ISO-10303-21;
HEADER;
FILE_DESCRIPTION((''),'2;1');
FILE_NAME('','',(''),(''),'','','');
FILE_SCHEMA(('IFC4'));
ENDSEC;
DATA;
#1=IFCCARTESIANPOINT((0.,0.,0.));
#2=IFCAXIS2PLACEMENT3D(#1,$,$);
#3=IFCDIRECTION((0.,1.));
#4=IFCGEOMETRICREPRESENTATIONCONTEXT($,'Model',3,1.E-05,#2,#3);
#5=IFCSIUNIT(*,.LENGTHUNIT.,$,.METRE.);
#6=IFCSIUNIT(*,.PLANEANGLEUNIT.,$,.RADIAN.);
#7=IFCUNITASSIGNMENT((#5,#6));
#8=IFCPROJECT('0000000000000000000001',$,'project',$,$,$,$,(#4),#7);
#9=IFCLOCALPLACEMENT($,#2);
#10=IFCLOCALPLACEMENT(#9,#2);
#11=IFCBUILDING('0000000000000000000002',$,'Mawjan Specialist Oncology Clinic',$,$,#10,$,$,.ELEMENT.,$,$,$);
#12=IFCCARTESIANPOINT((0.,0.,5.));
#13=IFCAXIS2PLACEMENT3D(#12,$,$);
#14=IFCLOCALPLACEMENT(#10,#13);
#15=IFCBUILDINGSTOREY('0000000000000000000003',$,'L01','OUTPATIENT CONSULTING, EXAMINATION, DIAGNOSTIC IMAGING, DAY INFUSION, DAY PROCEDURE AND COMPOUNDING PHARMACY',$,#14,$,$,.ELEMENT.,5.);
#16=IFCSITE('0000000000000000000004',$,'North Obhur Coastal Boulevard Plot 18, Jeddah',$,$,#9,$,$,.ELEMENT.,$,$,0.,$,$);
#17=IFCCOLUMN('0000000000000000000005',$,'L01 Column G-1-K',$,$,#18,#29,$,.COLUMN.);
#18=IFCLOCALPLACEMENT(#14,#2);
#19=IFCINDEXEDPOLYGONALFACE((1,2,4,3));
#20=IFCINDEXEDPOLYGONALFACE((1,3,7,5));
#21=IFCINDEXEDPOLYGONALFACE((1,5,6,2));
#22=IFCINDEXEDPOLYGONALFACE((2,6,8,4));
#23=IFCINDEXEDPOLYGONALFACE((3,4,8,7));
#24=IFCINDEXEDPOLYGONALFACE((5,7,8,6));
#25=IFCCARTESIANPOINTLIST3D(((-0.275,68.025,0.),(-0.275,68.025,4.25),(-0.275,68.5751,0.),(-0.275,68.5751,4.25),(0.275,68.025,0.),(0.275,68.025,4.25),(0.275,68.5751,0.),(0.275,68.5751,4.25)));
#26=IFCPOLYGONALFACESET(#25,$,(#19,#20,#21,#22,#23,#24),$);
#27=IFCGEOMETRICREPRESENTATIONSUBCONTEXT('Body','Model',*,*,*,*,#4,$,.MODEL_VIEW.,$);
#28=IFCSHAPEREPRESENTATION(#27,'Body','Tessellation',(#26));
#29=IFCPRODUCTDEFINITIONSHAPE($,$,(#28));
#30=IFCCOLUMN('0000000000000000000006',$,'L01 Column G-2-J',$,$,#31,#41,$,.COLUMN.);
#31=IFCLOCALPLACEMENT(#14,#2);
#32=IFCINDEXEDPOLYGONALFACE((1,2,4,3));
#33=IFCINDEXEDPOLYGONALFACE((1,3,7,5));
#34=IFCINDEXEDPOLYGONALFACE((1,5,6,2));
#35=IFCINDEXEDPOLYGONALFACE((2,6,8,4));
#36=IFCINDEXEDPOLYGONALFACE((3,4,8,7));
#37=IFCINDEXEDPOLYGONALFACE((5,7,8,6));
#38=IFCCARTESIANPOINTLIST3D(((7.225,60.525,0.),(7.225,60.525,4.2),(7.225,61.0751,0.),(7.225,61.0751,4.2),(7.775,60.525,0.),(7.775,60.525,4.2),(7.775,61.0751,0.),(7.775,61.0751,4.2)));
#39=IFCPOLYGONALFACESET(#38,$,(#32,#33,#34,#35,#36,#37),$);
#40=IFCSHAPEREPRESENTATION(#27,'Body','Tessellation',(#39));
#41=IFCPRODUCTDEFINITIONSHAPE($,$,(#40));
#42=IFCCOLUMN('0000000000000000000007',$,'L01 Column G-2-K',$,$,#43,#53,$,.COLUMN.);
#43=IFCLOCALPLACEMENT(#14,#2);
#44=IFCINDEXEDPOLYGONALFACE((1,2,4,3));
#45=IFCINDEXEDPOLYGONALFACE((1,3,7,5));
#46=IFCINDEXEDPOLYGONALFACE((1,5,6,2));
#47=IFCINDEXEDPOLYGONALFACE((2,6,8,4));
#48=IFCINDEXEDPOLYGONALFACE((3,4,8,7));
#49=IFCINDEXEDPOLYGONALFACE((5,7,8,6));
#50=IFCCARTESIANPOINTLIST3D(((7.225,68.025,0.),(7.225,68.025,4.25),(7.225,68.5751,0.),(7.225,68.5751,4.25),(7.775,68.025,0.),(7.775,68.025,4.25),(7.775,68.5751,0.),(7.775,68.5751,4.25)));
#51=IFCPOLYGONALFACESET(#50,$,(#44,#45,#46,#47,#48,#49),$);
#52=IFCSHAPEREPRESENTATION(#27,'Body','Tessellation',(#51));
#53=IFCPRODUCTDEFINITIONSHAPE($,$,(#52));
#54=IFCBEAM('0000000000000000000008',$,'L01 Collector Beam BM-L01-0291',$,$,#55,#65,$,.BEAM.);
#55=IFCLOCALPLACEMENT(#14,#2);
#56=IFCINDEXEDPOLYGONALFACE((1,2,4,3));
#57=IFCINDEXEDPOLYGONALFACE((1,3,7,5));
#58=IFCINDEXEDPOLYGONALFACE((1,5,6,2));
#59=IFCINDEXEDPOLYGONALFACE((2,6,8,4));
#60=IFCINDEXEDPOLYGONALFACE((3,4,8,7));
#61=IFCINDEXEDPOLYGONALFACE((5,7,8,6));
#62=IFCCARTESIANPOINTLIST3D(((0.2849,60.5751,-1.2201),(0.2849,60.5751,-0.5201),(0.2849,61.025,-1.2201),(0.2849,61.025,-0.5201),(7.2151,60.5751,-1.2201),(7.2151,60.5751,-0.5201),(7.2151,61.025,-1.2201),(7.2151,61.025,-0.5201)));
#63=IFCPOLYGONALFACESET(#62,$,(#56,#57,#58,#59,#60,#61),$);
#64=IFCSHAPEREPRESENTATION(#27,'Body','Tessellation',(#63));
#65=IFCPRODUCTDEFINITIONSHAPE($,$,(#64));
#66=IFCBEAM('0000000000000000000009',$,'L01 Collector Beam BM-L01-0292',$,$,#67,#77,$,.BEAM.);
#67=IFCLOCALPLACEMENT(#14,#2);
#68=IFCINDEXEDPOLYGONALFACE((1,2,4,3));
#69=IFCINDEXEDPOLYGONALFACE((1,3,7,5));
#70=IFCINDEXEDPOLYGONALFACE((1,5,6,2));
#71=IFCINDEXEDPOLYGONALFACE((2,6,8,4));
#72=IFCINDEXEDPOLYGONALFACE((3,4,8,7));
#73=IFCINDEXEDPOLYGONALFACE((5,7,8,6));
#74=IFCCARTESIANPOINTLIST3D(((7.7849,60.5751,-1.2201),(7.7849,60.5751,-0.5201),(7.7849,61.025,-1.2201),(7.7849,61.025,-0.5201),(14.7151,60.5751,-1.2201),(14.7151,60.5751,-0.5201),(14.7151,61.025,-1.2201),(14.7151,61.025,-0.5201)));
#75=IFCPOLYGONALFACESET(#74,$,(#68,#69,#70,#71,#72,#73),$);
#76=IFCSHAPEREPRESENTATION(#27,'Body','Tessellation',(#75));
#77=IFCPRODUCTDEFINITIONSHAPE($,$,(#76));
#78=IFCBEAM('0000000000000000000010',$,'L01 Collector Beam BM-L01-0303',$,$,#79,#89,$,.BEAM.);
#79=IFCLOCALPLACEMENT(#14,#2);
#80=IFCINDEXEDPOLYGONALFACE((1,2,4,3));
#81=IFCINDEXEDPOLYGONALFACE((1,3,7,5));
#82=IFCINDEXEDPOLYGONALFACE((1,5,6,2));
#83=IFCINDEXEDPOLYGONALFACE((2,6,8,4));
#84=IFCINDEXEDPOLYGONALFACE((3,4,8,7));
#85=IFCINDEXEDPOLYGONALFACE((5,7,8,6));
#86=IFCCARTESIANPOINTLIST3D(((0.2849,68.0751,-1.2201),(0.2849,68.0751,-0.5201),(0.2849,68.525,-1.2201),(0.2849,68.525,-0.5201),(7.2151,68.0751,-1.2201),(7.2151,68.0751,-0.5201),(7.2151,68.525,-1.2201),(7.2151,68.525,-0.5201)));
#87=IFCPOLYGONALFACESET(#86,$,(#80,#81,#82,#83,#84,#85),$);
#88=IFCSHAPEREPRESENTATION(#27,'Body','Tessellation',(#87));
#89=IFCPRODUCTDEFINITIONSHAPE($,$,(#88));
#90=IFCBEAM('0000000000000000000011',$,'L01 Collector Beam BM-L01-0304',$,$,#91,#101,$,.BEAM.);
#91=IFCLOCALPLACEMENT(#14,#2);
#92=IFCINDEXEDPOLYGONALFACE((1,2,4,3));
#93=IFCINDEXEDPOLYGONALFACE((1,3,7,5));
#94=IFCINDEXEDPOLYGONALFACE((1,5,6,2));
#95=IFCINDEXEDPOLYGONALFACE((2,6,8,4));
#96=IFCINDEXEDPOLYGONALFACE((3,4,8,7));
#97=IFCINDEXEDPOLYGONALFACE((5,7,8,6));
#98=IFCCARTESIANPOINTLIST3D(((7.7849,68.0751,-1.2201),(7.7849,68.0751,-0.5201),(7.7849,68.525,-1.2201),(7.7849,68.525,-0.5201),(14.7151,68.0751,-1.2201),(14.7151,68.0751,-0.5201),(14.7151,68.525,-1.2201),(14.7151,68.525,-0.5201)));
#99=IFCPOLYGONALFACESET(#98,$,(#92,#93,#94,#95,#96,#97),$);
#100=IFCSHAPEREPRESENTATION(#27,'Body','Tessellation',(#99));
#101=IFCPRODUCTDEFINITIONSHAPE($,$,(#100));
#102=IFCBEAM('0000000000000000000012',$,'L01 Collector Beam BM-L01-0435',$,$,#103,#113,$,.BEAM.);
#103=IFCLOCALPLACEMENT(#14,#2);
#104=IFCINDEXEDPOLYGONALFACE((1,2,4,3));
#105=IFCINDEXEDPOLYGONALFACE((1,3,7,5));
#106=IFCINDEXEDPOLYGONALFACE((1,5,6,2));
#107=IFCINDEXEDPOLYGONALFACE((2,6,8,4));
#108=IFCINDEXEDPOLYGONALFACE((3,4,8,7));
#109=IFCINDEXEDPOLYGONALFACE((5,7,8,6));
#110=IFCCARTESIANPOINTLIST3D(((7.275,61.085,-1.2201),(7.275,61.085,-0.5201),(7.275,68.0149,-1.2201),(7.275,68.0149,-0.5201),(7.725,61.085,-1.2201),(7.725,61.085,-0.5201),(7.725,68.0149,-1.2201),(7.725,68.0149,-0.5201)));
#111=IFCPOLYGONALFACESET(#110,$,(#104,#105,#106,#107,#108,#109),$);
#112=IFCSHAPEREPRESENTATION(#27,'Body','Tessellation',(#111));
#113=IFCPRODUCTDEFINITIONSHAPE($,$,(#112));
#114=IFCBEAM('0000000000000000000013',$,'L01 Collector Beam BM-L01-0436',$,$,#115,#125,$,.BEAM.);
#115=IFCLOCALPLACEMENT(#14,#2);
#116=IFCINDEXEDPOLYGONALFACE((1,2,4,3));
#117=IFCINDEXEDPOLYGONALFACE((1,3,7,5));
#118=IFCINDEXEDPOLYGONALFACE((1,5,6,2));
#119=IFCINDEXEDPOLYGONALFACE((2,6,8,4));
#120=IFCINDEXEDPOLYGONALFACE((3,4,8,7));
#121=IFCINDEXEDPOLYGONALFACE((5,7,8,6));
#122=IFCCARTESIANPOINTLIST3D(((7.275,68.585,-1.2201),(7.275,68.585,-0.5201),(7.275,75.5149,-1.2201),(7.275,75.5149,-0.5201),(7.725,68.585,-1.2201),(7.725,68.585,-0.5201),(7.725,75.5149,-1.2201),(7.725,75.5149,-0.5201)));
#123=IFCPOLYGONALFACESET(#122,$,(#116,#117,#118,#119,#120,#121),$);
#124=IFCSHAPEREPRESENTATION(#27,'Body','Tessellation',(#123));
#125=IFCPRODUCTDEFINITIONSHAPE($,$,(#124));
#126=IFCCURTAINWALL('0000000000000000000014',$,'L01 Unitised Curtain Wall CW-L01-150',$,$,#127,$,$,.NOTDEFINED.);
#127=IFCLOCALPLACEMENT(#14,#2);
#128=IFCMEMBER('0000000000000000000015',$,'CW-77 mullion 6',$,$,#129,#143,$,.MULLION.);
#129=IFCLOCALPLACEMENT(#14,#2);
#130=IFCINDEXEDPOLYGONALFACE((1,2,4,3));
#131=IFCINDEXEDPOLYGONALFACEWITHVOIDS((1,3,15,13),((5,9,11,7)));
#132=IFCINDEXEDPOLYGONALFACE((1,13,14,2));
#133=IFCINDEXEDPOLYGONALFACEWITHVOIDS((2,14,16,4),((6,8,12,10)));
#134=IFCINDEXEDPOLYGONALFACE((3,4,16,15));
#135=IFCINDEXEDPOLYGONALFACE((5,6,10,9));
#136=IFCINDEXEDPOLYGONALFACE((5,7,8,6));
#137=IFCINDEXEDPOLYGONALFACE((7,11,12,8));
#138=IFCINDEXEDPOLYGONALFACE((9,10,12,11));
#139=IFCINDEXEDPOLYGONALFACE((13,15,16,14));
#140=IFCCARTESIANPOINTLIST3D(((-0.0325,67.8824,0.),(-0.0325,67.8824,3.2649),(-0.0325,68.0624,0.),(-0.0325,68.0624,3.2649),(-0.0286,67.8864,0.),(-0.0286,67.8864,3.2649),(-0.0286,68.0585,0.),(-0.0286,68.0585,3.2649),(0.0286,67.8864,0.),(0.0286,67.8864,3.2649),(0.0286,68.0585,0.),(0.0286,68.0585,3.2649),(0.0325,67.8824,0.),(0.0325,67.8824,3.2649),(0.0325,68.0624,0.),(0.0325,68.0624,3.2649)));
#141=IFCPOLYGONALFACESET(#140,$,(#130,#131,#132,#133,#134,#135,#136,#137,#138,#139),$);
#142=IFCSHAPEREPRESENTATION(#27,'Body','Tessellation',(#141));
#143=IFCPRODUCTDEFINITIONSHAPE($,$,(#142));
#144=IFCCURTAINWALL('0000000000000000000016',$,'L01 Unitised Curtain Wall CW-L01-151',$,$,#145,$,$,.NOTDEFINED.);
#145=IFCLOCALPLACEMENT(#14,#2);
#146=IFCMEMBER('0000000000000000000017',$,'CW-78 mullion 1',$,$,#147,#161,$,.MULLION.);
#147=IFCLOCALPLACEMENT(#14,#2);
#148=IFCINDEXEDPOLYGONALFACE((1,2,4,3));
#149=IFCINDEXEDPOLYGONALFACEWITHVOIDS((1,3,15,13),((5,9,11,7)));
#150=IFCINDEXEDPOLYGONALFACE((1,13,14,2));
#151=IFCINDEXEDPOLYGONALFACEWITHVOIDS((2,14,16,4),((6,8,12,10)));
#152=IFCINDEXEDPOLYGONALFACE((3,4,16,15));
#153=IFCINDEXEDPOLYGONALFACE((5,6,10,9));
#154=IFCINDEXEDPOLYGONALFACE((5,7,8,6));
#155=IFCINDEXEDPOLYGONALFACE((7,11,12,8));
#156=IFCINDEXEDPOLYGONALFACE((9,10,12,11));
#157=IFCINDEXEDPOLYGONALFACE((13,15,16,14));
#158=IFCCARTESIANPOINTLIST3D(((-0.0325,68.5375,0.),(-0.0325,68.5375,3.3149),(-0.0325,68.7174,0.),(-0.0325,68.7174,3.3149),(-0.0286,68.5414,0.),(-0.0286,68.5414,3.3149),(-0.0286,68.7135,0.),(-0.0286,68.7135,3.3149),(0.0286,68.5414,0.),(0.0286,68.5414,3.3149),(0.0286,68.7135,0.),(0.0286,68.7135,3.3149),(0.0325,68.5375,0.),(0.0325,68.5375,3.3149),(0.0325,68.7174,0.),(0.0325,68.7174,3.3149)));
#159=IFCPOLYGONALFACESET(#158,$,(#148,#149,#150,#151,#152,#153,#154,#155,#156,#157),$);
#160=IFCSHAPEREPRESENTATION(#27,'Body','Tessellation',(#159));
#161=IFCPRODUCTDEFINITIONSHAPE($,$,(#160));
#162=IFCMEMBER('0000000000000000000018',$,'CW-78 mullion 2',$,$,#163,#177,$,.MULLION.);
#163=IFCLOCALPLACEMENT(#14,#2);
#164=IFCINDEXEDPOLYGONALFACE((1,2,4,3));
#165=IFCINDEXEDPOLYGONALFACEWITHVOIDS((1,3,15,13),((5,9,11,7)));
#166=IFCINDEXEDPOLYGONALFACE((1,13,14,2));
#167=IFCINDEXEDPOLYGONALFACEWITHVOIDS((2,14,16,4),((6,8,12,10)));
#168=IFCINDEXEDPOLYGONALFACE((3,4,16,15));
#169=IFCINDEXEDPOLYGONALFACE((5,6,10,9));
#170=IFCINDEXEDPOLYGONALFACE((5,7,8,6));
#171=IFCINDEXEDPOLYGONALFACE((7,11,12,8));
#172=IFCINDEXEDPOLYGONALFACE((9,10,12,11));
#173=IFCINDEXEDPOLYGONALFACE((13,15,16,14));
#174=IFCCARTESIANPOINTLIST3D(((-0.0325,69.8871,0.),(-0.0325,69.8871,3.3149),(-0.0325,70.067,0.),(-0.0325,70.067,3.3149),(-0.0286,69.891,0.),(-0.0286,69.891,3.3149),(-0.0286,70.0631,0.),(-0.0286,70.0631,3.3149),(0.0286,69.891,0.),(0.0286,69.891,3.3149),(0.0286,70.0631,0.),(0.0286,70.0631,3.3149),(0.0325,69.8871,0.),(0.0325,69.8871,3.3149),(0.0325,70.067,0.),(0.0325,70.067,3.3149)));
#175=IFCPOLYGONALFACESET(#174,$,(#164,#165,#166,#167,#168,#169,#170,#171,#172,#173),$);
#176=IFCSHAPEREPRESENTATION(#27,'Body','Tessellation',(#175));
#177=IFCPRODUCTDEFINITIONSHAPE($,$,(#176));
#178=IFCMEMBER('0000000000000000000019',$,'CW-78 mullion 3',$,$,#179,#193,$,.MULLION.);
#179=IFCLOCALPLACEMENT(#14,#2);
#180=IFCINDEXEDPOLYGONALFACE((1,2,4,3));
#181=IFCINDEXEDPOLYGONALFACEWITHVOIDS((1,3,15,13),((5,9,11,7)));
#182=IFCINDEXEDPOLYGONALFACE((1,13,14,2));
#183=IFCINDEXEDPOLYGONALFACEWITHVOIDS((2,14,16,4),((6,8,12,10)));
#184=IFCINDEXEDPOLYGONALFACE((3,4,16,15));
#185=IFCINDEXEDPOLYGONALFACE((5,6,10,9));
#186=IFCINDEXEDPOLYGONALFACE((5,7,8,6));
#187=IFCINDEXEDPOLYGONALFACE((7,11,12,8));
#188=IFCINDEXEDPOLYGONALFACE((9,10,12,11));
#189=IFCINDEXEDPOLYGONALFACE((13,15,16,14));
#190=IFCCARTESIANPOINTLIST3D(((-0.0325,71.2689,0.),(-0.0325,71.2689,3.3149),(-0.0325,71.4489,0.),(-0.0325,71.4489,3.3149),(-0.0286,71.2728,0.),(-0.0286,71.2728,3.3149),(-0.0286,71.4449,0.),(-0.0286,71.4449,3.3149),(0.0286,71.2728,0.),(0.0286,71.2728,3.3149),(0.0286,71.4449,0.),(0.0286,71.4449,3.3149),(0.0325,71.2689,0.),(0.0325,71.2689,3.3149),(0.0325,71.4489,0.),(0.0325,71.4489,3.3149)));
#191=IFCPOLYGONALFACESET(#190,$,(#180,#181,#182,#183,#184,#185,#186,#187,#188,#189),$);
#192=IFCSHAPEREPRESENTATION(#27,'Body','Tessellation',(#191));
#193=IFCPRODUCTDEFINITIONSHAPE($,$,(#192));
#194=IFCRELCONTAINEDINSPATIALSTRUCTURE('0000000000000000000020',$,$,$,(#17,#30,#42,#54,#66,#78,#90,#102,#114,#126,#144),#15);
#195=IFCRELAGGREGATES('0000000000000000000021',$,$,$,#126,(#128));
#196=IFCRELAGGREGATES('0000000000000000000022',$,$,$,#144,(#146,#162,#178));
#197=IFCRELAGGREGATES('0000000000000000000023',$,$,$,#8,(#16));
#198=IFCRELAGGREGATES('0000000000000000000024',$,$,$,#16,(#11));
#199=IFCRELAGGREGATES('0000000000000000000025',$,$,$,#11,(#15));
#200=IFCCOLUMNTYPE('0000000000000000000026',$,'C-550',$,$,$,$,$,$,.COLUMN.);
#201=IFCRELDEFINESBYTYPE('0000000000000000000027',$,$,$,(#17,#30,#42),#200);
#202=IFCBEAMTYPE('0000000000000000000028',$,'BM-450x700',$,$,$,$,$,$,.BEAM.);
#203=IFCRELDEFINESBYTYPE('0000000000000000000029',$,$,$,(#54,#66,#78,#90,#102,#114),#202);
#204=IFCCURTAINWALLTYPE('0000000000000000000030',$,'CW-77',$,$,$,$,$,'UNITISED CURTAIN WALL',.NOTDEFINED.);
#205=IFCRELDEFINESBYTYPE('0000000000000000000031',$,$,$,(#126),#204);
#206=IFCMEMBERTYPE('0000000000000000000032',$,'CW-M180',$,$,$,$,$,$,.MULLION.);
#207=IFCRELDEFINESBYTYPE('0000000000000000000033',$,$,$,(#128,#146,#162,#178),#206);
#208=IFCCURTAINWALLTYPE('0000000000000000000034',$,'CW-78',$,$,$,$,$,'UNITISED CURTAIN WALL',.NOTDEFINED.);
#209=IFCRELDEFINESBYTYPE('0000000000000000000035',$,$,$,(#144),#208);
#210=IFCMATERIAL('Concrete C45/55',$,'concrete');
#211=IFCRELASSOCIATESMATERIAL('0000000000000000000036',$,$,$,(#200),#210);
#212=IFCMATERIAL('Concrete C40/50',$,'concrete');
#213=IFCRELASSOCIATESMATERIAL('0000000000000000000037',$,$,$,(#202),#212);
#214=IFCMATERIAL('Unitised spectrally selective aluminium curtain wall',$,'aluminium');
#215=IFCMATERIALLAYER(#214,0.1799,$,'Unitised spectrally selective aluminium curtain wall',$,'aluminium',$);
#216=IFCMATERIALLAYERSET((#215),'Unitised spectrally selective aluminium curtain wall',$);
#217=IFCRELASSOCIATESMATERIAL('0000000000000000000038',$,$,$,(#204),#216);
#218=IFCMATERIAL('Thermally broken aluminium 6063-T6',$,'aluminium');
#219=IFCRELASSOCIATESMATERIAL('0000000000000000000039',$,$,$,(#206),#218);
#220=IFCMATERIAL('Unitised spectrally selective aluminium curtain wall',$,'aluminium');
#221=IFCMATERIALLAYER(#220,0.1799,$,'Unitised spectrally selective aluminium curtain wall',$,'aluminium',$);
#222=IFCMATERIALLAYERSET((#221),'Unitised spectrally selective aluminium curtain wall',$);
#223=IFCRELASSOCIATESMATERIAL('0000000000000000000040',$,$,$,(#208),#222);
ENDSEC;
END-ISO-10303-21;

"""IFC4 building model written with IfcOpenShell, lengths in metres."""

from ifc_helpers import new_model, si_unit, direction, frame, origin, origin_2d, place, context, subcontext, project, spatial, rectangle, hollow_rectangle, extrude, material, layer, layer_set, material_profile, profile_set, type_object, element, aggregate, save


model = new_model("IFC4")

# Units and contexts
model_context = context("Model", 3, precision=1e-05, world=origin(), true_north=direction((0.0, 1.0)))
body_context = subcontext(model_context, "Body", "Model", "MODEL_VIEW")
ifc_project = project(units=[si_unit("LENGTHUNIT", "METRE"), si_unit("PLANEANGLEUNIT", "RADIAN")], contexts=[model_context])

# Site, building, storey
site_placement = place(None, origin())
site = spatial("IfcSite", under=ifc_project, at=site_placement, Name="North Obhur Coastal Boulevard Plot 18, Jeddah", CompositionType="ELEMENT", RefElevation=0.0)
building_placement = place(site_placement, origin())
building = spatial("IfcBuilding", under=site, at=building_placement, Name="Mawjan Specialist Oncology Clinic", CompositionType="ELEMENT")
storey_placement = place(building_placement, frame((0.0, 0.0, 5.0)))
storey = spatial("IfcBuildingStorey", under=building, at=storey_placement, Name="L01", Description="OUTPATIENT CONSULTING, EXAMINATION, DIAGNOSTIC IMAGING, DAY INFUSION, DAY PROCEDURE AND COMPOUNDING PHARMACY", CompositionType="ELEMENT", Elevation=5.0)

# Columns
ifc_material_1 = material(Name="Concrete C45/55", Category="concrete")
ifc_material_profile_1 = material_profile(ifc_material_1, rectangle(XDim=0.55, YDim=0.55, at=origin_2d()), Name="RC COL 550x550", Category="concrete")
ifc_profile_set_1 = profile_set([ifc_material_profile_1], Name="Concrete C45/55")
column_type = type_object("IfcColumnType", Name="C-550", PredefinedType="COLUMN", material=ifc_profile_set_1)
column_1_placement = place(storey_placement, frame((0.0, 68.3, 0.0), z_axis=(0.0, 0.0, 1.0), x_axis=(1.0, 0.0, 0.0)))
element("IfcColumn", 1, at=column_1_placement, inside=storey, type_object=column_type, Name="L01 Column G-1-K", PredefinedType="COLUMN", context=body_context, shape_type="SweptSolid", body=[
    extrude(rectangle(XDim=0.55, YDim=0.55, at=origin_2d()), origin(), (0.0, 0.0, 1.0), 4.25),
])
column_2_placement = place(storey_placement, frame((7.5, 60.8, 0.0), z_axis=(0.0, 0.0, 1.0), x_axis=(1.0, 0.0, 0.0)))
element("IfcColumn", 2, at=column_2_placement, inside=storey, type_object=column_type, Name="L01 Column G-2-J", PredefinedType="COLUMN", context=body_context, shape_type="SweptSolid", body=[
    extrude(rectangle(XDim=0.55, YDim=0.55, at=origin_2d()), origin(), (0.0, 0.0, 1.0), 4.2),
])
column_3_placement = place(storey_placement, frame((7.5, 68.3, 0.0), z_axis=(0.0, 0.0, 1.0), x_axis=(1.0, 0.0, 0.0)))
element("IfcColumn", 3, at=column_3_placement, inside=storey, type_object=column_type, Name="L01 Column G-2-K", PredefinedType="COLUMN", context=body_context, shape_type="SweptSolid", body=[
    extrude(rectangle(XDim=0.55, YDim=0.55, at=origin_2d()), origin(), (0.0, 0.0, 1.0), 4.25),
])

# Beams
ifc_material_2 = material(Name="Concrete C40/50", Category="concrete")
ifc_material_profile_2 = material_profile(ifc_material_2, rectangle(XDim=0.45, YDim=0.7, at=origin_2d()), Name="RC BM 450x700", Category="concrete")
ifc_profile_set_2 = profile_set([ifc_material_profile_2], Name="Concrete C40/50")
beam_type_1 = type_object("IfcBeamType", Name="BM-450x700", PredefinedType="BEAM", material=ifc_profile_set_2)
for number, where, z_axis, x_axis, name in (
    (4, (0.2849, 60.8, -0.8701), (1.0, 0.0, 0.0), (0.0, 1.0, 0.0), "L01 Collector Beam BM-L01-0291"),
    (5, (7.7849, 60.8, -0.8701), (1.0, 0.0, 0.0), (0.0, 1.0, 0.0), "L01 Collector Beam BM-L01-0292"),
    (6, (0.2849, 68.3, -0.8701), (1.0, 0.0, 0.0), (0.0, 1.0, 0.0), "L01 Collector Beam BM-L01-0303"),
    (7, (7.7849, 68.3, -0.8701), (1.0, 0.0, 0.0), (0.0, 1.0, 0.0), "L01 Collector Beam BM-L01-0304"),
):
    element("IfcBeam", number, at=place(storey_placement, frame(where, z_axis=z_axis, x_axis=x_axis)), inside=storey, type_object=beam_type_1, Name=name, PredefinedType="BEAM", context=body_context, shape_type="SweptSolid", body=[
        extrude(rectangle(XDim=0.45, YDim=0.7, at=origin_2d()), origin(), (0.0, 0.0, 1.0), 6.9302),
    ])
for number, where, z_axis, x_axis, name in (
    (8, (7.5, 61.085, -0.8701), (0.0, 1.0, 0.0), (-1.0, 0.0, 0.0), "L01 Collector Beam BM-L01-0435"),
    (9, (7.5, 68.585, -0.8701), (0.0, 1.0, 0.0), (-1.0, 0.0, 0.0), "L01 Collector Beam BM-L01-0436"),
):
    element("IfcBeam", number, at=place(storey_placement, frame(where, z_axis=z_axis, x_axis=x_axis)), inside=storey, type_object=beam_type_1, Name=name, PredefinedType="BEAM", context=body_context, shape_type="SweptSolid", body=[
        extrude(rectangle(XDim=0.45, YDim=0.7, at=origin_2d()), origin(), (0.0, 0.0, 1.0), 6.9299),
    ])

# Curtain wall, member
ifc_material_3 = material(Name="Unitised spectrally selective aluminium curtain wall", Category="aluminium")
ifc_layer_1 = layer(ifc_material_3, 0.1799, Name="Unitised spectrally selective aluminium curtain wall", Category="aluminium")
ifc_layer_set_1 = layer_set([ifc_layer_1], Name="Unitised spectrally selective aluminium curtain wall")
curtain_wall_type_1 = type_object("IfcCurtainWallType", Name="CW-77", ElementType="UNITISED CURTAIN WALL", PredefinedType="NOTDEFINED", material=ifc_layer_set_1)
curtain_wall_1_placement = place(storey_placement, origin())
curtain_wall_1 = element("IfcCurtainWall", 10, at=curtain_wall_1_placement, inside=storey, type_object=curtain_wall_type_1, Name="L01 Unitised Curtain Wall CW-L01-150", PredefinedType="NOTDEFINED")
ifc_material_4 = material(Name="Thermally broken aluminium 6063-T6", Category="aluminium")
ifc_material_profile_3 = material_profile(ifc_material_4, hollow_rectangle(XDim=0.0649, YDim=0.1799, WallThickness=0.0039, at=origin_2d()), Name="ALU MULLION 180x65x4", Category="aluminium")
ifc_profile_set_3 = profile_set([ifc_material_profile_3], Name="Thermally broken aluminium 6063-T6")
member_type_1 = type_object("IfcMemberType", Name="CW-M180", PredefinedType="MULLION", material=ifc_profile_set_3)
member_1_placement = place(storey_placement, frame((0.0, 67.9724, 0.0), z_axis=(0.0, 0.0, 1.0), x_axis=(-1.0, 0.0, 0.0)))
member_1 = element("IfcMember", 11, at=member_1_placement, type_object=member_type_1, Name="CW-77 mullion 6", PredefinedType="MULLION", context=body_context, shape_type="SweptSolid", body=[
    extrude(hollow_rectangle(XDim=0.0649, YDim=0.1799, WallThickness=0.0039, at=origin_2d()), origin(), (0.0, 0.0, 1.0), 3.2649),
])

# Curtain wall, members
ifc_material_5 = material(Name="Unitised spectrally selective aluminium curtain wall", Category="aluminium")
ifc_layer_2 = layer(ifc_material_5, 0.1799, Name="Unitised spectrally selective aluminium curtain wall", Category="aluminium")
ifc_layer_set_2 = layer_set([ifc_layer_2], Name="Unitised spectrally selective aluminium curtain wall")
curtain_wall_type_2 = type_object("IfcCurtainWallType", Name="CW-78", ElementType="UNITISED CURTAIN WALL", PredefinedType="NOTDEFINED", material=ifc_layer_set_2)
curtain_wall_2_placement = place(storey_placement, origin())
curtain_wall_2 = element("IfcCurtainWall", 12, at=curtain_wall_2_placement, inside=storey, type_object=curtain_wall_type_2, Name="L01 Unitised Curtain Wall CW-L01-151", PredefinedType="NOTDEFINED")
member_2_placement = place(storey_placement, frame((0.0, 68.6274, 0.0), z_axis=(0.0, 0.0, 1.0), x_axis=(-1.0, 0.0, 0.0)))
member_2 = element("IfcMember", 13, at=member_2_placement, type_object=member_type_1, Name="CW-78 mullion 1", PredefinedType="MULLION", context=body_context, shape_type="SweptSolid", body=[
    extrude(hollow_rectangle(XDim=0.0649, YDim=0.1799, WallThickness=0.0039, at=origin_2d()), origin(), (0.0, 0.0, 1.0), 3.3149),
])
member_3_placement = place(storey_placement, frame((0.0, 69.9771, 0.0), z_axis=(0.0, 0.0, 1.0), x_axis=(-1.0, 0.0, 0.0)))
member_3 = element("IfcMember", 14, at=member_3_placement, type_object=member_type_1, Name="CW-78 mullion 2", PredefinedType="MULLION", context=body_context, shape_type="SweptSolid", body=[
    extrude(hollow_rectangle(XDim=0.0649, YDim=0.1799, WallThickness=0.0039, at=origin_2d()), origin(), (0.0, 0.0, 1.0), 3.3149),
])
member_4_placement = place(storey_placement, frame((0.0, 71.3589, 0.0), z_axis=(0.0, 0.0, 1.0), x_axis=(-1.0, 0.0, 0.0)))
member_4 = element("IfcMember", 15, at=member_4_placement, type_object=member_type_1, Name="CW-78 mullion 3", PredefinedType="MULLION", context=body_context, shape_type="SweptSolid", body=[
    extrude(hollow_rectangle(XDim=0.0649, YDim=0.1799, WallThickness=0.0039, at=origin_2d()), origin(), (0.0, 0.0, 1.0), 3.3149),
])

aggregate(curtain_wall_1, [member_1])
aggregate(curtain_wall_2, [member_2, member_3, member_4])

save(model, "model.ifc")
